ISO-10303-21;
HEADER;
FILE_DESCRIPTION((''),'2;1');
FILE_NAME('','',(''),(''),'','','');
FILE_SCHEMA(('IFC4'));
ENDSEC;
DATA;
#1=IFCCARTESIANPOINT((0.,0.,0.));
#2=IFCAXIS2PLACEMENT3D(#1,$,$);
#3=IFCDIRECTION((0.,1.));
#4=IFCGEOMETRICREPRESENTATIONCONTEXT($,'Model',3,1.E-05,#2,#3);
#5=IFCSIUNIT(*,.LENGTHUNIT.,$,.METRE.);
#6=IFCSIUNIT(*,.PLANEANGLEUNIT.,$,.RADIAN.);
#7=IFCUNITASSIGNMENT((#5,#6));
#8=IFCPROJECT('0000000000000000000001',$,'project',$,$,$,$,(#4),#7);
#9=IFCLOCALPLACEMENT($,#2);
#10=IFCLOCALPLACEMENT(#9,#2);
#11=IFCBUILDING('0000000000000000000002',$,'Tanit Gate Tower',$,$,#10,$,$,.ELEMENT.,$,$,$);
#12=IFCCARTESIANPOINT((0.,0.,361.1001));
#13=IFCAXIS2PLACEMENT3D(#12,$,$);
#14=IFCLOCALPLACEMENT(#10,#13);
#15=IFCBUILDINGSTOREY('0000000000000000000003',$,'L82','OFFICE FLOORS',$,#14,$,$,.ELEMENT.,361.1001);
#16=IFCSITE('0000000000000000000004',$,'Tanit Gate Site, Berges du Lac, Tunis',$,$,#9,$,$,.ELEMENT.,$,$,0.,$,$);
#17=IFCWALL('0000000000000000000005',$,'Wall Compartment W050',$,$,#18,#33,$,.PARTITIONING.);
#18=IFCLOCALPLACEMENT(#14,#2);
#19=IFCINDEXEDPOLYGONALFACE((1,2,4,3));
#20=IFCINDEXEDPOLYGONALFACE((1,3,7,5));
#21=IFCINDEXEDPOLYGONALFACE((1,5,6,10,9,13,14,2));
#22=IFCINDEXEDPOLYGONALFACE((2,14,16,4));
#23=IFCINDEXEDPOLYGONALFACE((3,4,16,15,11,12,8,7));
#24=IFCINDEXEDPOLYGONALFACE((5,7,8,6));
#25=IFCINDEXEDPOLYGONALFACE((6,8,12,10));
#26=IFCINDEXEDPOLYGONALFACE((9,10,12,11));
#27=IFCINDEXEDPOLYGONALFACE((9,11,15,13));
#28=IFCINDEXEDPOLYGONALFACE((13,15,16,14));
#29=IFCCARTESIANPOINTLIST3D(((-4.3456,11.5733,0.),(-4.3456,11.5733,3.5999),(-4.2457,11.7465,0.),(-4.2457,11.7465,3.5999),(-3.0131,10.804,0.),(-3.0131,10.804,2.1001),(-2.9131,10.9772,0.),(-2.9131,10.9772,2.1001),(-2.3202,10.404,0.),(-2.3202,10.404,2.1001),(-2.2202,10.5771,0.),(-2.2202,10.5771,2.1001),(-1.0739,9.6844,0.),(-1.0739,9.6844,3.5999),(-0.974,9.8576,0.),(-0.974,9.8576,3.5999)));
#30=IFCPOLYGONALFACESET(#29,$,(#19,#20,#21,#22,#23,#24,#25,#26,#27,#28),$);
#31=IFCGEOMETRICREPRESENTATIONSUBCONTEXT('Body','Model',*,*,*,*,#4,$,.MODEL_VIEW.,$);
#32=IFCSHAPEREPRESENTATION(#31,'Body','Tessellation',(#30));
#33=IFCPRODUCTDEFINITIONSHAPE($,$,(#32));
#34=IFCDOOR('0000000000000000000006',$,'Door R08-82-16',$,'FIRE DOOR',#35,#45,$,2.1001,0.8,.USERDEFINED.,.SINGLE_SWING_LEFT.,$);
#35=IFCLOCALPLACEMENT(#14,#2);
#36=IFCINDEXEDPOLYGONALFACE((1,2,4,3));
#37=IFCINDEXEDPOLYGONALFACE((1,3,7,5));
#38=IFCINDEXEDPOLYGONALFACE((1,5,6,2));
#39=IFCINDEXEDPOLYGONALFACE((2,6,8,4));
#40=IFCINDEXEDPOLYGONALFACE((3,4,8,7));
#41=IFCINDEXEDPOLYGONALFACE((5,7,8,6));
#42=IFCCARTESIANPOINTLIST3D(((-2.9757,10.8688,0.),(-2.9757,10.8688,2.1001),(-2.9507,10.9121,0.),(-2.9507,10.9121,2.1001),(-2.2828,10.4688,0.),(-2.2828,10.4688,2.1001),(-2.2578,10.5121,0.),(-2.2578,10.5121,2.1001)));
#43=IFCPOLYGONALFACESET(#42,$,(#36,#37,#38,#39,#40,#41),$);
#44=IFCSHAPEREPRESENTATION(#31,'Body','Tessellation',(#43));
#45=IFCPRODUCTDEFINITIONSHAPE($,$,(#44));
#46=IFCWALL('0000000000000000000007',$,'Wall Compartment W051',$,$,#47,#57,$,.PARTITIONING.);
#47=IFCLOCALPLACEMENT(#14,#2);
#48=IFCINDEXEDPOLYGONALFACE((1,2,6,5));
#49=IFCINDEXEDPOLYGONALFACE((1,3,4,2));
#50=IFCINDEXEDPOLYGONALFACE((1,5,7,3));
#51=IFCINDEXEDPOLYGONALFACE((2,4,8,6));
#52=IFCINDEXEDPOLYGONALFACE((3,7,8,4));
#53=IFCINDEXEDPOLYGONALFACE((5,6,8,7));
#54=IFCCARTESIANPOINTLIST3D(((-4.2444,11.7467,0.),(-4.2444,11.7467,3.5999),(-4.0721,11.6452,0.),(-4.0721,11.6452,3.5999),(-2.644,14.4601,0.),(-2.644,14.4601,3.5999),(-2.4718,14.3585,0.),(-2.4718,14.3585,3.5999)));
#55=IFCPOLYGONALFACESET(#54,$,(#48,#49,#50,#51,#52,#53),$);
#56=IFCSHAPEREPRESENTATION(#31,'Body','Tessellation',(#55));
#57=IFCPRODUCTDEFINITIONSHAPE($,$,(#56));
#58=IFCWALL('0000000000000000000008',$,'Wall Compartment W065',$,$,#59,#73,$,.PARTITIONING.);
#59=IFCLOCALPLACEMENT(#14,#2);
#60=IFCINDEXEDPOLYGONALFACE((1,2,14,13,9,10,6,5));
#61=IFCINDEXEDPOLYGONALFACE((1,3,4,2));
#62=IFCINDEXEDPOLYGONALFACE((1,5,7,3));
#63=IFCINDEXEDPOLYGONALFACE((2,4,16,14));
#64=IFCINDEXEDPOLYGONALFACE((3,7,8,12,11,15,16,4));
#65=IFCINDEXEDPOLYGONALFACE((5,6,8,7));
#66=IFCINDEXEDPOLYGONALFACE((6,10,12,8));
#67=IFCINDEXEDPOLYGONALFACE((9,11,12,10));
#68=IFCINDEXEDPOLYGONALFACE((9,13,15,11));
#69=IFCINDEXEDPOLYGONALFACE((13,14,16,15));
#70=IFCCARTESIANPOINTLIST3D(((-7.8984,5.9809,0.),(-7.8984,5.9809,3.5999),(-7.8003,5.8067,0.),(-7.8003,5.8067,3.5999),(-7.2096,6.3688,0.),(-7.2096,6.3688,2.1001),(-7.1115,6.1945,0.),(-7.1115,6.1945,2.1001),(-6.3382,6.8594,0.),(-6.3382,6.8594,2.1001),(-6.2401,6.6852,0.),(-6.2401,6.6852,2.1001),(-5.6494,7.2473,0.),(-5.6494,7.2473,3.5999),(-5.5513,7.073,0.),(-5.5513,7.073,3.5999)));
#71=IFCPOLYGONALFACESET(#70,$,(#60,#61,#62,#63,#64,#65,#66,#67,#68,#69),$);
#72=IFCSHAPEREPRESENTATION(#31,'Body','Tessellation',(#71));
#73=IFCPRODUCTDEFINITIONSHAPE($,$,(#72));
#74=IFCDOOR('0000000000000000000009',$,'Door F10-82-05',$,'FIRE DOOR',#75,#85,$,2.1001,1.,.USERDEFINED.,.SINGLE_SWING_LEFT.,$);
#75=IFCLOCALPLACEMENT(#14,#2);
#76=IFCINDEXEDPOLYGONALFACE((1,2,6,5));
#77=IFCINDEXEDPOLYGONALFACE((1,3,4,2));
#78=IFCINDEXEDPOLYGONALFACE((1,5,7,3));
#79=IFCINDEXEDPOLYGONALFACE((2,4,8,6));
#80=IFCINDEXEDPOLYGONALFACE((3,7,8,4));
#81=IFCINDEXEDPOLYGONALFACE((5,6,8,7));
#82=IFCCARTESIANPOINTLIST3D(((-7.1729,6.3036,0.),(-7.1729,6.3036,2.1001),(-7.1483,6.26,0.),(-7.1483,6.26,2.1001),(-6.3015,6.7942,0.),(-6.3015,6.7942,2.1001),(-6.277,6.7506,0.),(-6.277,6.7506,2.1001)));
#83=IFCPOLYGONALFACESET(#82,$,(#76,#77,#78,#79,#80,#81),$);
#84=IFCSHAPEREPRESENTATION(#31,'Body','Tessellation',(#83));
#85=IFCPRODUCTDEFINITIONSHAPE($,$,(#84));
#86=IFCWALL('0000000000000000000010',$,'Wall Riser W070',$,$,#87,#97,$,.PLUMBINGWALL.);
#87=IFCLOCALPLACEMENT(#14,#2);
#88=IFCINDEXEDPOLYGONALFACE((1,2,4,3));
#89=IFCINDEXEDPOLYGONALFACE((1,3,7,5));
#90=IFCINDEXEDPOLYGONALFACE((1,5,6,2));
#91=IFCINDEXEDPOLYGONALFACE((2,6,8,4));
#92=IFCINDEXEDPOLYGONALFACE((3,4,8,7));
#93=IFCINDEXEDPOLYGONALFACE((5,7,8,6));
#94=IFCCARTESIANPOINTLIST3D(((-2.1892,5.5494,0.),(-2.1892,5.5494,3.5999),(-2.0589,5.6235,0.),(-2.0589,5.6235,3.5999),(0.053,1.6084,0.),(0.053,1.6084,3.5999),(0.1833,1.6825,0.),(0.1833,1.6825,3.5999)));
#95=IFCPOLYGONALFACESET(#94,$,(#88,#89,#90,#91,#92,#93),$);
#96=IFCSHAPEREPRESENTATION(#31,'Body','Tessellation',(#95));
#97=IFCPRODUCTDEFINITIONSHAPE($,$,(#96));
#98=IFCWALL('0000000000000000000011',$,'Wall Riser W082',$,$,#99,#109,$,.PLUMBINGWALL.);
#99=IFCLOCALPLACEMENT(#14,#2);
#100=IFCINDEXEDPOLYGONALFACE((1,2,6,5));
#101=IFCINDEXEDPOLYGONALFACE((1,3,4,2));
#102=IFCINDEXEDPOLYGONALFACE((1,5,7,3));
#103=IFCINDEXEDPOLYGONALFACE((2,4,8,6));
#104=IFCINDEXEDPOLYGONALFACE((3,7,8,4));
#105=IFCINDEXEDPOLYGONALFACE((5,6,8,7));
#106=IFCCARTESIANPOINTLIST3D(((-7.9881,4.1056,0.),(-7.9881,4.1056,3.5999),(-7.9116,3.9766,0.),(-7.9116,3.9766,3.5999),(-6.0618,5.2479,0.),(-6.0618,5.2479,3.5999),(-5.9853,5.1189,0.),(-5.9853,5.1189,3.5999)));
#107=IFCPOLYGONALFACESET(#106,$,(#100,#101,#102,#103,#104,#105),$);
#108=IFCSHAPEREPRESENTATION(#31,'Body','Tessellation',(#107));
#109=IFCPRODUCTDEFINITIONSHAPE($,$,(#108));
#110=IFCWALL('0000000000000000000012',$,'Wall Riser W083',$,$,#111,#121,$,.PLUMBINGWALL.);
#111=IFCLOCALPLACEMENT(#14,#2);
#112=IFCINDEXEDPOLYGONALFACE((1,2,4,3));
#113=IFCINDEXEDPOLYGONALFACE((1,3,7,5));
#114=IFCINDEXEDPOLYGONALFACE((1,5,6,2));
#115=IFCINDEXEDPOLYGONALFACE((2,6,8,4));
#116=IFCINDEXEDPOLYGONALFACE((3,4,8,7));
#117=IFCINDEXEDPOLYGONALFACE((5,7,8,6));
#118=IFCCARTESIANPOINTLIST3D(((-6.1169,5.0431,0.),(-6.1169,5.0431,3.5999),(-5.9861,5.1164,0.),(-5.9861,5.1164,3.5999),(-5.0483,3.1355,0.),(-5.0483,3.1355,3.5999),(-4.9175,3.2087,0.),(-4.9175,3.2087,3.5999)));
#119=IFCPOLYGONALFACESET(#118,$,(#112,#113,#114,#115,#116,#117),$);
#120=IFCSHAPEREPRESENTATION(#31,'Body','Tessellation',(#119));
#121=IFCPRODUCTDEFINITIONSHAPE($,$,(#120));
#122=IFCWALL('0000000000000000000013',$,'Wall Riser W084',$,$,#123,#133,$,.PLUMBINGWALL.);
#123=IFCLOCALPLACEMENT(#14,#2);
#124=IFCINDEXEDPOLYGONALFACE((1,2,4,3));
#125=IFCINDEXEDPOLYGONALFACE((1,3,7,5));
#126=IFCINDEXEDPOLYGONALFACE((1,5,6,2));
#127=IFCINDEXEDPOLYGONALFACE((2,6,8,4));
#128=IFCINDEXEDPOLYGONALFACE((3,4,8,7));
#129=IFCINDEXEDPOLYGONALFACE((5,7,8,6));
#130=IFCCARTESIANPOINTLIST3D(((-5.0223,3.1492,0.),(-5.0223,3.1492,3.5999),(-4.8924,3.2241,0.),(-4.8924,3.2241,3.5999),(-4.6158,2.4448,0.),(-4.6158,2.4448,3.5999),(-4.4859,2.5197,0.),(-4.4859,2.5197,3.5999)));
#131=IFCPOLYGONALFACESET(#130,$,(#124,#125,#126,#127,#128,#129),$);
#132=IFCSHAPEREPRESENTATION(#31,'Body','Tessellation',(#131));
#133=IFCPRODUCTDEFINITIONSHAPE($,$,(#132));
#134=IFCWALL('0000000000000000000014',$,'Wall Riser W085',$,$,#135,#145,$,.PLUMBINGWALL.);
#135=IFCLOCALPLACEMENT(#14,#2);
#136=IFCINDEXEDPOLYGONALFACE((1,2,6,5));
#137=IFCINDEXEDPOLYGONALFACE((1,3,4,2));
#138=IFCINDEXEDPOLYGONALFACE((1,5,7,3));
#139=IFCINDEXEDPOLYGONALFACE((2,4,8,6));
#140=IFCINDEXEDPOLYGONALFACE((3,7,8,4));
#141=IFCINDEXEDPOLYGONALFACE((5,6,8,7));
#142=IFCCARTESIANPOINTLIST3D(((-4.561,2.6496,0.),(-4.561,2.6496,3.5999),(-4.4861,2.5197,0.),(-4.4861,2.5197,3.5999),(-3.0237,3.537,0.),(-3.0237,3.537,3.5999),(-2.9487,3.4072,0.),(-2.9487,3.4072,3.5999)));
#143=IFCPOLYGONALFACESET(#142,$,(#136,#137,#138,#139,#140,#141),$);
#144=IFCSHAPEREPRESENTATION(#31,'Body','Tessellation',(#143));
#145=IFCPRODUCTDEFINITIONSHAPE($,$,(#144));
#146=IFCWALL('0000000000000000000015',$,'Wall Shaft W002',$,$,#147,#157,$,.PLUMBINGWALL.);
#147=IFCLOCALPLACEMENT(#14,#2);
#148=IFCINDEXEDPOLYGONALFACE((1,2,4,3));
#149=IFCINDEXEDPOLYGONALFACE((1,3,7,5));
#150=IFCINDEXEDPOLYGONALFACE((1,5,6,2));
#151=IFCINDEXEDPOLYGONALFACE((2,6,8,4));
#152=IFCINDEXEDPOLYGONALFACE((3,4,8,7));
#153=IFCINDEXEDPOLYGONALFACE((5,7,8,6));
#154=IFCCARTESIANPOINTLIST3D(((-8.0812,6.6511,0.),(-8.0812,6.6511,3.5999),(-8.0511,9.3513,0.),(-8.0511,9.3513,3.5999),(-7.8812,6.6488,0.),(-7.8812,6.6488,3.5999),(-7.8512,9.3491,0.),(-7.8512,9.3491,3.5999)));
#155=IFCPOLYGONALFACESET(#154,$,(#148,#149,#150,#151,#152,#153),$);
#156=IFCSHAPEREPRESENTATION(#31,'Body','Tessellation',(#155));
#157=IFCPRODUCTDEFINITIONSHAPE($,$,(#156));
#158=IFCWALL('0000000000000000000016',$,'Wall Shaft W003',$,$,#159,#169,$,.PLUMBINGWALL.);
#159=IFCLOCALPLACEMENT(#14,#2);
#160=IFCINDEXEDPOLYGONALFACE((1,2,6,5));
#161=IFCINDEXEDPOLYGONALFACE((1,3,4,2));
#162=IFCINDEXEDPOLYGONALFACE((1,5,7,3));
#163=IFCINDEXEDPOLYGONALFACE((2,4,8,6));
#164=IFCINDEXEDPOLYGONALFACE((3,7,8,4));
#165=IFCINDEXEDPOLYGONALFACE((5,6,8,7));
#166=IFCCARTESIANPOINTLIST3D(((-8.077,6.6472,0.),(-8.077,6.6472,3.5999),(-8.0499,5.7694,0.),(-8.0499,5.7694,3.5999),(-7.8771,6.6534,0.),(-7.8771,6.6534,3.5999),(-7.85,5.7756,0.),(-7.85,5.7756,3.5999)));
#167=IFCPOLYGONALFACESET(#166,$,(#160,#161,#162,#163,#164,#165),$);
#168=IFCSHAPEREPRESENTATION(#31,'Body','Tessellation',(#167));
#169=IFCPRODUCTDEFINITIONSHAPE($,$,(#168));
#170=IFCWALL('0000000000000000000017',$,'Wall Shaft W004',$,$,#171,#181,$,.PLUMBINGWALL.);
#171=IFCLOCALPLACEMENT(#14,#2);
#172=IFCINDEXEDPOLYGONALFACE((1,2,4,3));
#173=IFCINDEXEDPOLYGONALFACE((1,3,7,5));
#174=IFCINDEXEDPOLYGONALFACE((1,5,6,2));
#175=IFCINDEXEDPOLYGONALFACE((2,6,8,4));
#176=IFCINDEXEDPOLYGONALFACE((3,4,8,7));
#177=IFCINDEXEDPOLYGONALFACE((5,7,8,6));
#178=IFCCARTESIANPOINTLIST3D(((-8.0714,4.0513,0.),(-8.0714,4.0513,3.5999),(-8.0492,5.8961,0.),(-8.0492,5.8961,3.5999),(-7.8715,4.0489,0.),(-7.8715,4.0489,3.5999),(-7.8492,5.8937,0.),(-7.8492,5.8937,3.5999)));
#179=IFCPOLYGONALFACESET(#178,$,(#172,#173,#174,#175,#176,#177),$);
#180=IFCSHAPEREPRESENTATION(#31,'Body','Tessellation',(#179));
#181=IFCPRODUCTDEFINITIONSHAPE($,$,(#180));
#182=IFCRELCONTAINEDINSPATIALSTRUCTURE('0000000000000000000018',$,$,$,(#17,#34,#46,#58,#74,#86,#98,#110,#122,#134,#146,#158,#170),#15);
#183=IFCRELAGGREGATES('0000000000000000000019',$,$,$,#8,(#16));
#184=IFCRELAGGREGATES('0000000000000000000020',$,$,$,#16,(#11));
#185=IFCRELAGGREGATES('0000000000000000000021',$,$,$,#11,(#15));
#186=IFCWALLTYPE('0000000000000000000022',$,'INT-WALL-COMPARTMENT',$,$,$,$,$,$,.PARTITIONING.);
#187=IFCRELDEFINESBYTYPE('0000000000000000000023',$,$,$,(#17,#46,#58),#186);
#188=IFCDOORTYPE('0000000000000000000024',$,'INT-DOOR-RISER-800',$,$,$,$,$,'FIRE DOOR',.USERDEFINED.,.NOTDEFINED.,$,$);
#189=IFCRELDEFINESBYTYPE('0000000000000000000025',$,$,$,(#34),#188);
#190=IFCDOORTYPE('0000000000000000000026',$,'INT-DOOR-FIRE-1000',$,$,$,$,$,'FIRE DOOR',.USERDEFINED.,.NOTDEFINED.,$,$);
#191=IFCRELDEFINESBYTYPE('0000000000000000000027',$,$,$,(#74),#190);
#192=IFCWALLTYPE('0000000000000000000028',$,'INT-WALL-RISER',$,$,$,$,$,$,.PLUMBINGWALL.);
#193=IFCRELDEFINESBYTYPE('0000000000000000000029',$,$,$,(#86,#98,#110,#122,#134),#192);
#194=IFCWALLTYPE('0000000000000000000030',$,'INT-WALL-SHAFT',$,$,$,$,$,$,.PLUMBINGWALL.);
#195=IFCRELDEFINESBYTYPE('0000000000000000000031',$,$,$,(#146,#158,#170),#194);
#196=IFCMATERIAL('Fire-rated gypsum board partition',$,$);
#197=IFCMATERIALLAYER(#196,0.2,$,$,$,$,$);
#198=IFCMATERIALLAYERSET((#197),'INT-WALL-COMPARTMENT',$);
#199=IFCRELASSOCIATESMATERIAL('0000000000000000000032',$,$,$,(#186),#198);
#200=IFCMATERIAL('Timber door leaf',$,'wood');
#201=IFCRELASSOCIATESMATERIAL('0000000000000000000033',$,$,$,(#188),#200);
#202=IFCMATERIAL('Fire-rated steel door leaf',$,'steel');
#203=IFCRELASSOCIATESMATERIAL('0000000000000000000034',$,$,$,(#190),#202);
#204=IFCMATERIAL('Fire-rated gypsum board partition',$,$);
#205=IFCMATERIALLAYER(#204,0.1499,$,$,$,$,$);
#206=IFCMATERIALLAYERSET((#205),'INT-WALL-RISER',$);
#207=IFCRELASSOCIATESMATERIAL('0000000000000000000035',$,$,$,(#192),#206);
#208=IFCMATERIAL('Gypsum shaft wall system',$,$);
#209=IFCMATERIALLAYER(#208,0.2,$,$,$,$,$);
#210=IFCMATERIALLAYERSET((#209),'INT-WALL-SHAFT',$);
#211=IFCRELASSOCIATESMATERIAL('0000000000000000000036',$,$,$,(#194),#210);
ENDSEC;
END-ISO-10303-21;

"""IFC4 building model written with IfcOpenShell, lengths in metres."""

from ifc_helpers import new_model, si_unit, direction, frame, frame_2d, origin, place, context, subcontext, project, spatial, rectangle, extrude, material, layer, layer_set, type_object, element, fill, save


model = new_model("IFC4")

# Units and contexts
model_context = context("Model", 3, precision=1e-05, world=origin(), true_north=direction((0.0, 1.0)))
body_context = subcontext(model_context, "Body", "Model", "MODEL_VIEW")
ifc_project = project(units=[si_unit("LENGTHUNIT", "METRE"), si_unit("PLANEANGLEUNIT", "RADIAN")], contexts=[model_context])

# Site, building, storey
site_placement = place(None, origin())
site = spatial("IfcSite", under=ifc_project, at=site_placement, Name="Tanit Gate Site, Berges du Lac, Tunis", CompositionType="ELEMENT", RefElevation=0.0)
building_placement = place(site_placement, origin())
building = spatial("IfcBuilding", under=site, at=building_placement, Name="Tanit Gate Tower", CompositionType="ELEMENT")
storey_placement = place(building_placement, frame((0.0, 0.0, 361.1001)))
storey = spatial("IfcBuildingStorey", under=building, at=storey_placement, Name="L82", Description="OFFICE FLOORS", CompositionType="ELEMENT", Elevation=361.1001)

# Wall, opening, door
ifc_material_1 = material(Name="Fire-rated gypsum board partition")
ifc_layer_1 = layer(ifc_material_1, 0.2)
ifc_layer_set_1 = layer_set([ifc_layer_1], Name="INT-WALL-COMPARTMENT")
wall_type_1 = type_object("IfcWallType", Name="INT-WALL-COMPARTMENT", PredefinedType="PARTITIONING", material=ifc_layer_set_1)
wall_1_placement = place(storey_placement, frame((-4.2957, 11.6599, 0.0), z_axis=(0.0, 0.0, 1.0), x_axis=(0.866027, -0.499997, 0.0)))
wall_1 = element("IfcWall", 1, at=wall_1_placement, inside=storey, type_object=wall_type_1, Name="Wall Compartment W050", PredefinedType="PARTITIONING", context=body_context, shape_type="SweptSolid", body=[
    extrude(rectangle(XDim=3.7778, YDim=0.2, at=frame_2d((1.8889, 0.0))), origin(), (0.0, 0.0, 1.0), 3.5999),
])
opening_1_placement = place(wall_1_placement, frame((1.5388, 0.0, 0.0)))
opening_1 = element("IfcOpeningElement", 2, at=opening_1_placement, cuts=wall_1, PredefinedType="OPENING", context=body_context, shape_type="SweptSolid", body=[
    extrude(rectangle(XDim=0.8, YDim=2.1001, at=frame_2d((0.3999, 1.05))), frame((0.0, 0.1099, 0.0), z_axis=(0.0, -1.0, 0.0), x_axis=(1.0, 0.0, 0.0)), (0.0, 0.0, 1.0), 0.22),
])
ifc_material_2 = material(Name="Timber door leaf", Category="wood")
door_type_1 = type_object("IfcDoorType", Name="INT-DOOR-RISER-800", ElementType="FIRE DOOR", OperationType="NOTDEFINED", PredefinedType="USERDEFINED", material=ifc_material_2)
door_1_placement = place(opening_1_placement, origin())
door_1 = element("IfcDoor", 3, at=door_1_placement, inside=storey, type_object=door_type_1, Name="Door R08-82-16", ObjectType="FIRE DOOR", OperationType="SINGLE_SWING_LEFT", OverallHeight=2.1001, OverallWidth=0.8, PredefinedType="USERDEFINED", context=body_context, shape_type="SweptSolid", body=[
    extrude(rectangle(XDim=0.8, YDim=2.1001, at=frame_2d((0.3999, 1.05))), frame((0.0, 0.0249, 0.0), z_axis=(0.0, -1.0, 0.0), x_axis=(1.0, 0.0, 0.0)), (0.0, 0.0, 1.0), 0.05),
])
fill(opening_1, door_1)

# Wall
wall_2_placement = place(storey_placement, frame((-2.5579, 14.4094, 0.0), z_axis=(0.0, 0.0, 1.0), x_axis=(-0.508019, -0.861346, 0.0)))
element("IfcWall", 4, at=wall_2_placement, inside=storey, type_object=wall_type_1, Name="Wall Compartment W051", PredefinedType="PARTITIONING", context=body_context, shape_type="SweptSolid", body=[
    extrude(rectangle(XDim=3.1501, YDim=0.2, at=frame_2d((1.5752, 0.0))), origin(), (0.0, 0.0, 1.0), 3.5999),
])

# Wall, opening, door
wall_3_placement = place(storey_placement, frame((-5.6003, 7.1602, 0.0), z_axis=(0.0, 0.0, 1.0), x_axis=(-0.871363, -0.490638, 0.0)))
wall_3 = element("IfcWall", 5, at=wall_3_placement, inside=storey, type_object=wall_type_1, Name="Wall Compartment W065", PredefinedType="PARTITIONING", context=body_context, shape_type="SweptSolid", body=[
    extrude(rectangle(XDim=2.5811, YDim=0.2, at=frame_2d((1.2905, 0.0))), origin(), (0.0, 0.0, 1.0), 3.5999),
])
opening_2_placement = place(wall_3_placement, frame((0.7905, 0.0, 0.0)))
opening_2 = element("IfcOpeningElement", 6, at=opening_2_placement, cuts=wall_3, PredefinedType="OPENING", context=body_context, shape_type="SweptSolid", body=[
    extrude(rectangle(XDim=1.0, YDim=2.1001, at=frame_2d((0.5, 1.05))), frame((0.0, 0.1099, 0.0), z_axis=(0.0, -1.0, 0.0), x_axis=(1.0, 0.0, 0.0)), (0.0, 0.0, 1.0), 0.22),
])
ifc_material_3 = material(Name="Fire-rated steel door leaf", Category="steel")
door_type_2 = type_object("IfcDoorType", Name="INT-DOOR-FIRE-1000", ElementType="FIRE DOOR", OperationType="NOTDEFINED", PredefinedType="USERDEFINED", material=ifc_material_3)
door_2_placement = place(opening_2_placement, origin())
door_2 = element("IfcDoor", 7, at=door_2_placement, inside=storey, type_object=door_type_2, Name="Door F10-82-05", ObjectType="FIRE DOOR", OperationType="SINGLE_SWING_LEFT", OverallHeight=2.1001, OverallWidth=1.0, PredefinedType="USERDEFINED", context=body_context, shape_type="SweptSolid", body=[
    extrude(rectangle(XDim=1.0, YDim=2.1001, at=frame_2d((0.5, 1.05))), frame((0.0, 0.0249, 0.0), z_axis=(0.0, -1.0, 0.0), x_axis=(1.0, 0.0, 0.0)), (0.0, 0.0, 1.0), 0.05),
])
fill(opening_2, door_2)

# Walls
ifc_material_4 = material(Name="Fire-rated gypsum board partition")
ifc_layer_2 = layer(ifc_material_4, 0.1499)
ifc_layer_set_2 = layer_set([ifc_layer_2], Name="INT-WALL-RISER")
wall_type_2 = type_object("IfcWallType", Name="INT-WALL-RISER", PredefinedType="PLUMBINGWALL", material=ifc_layer_set_2)
wall_4_placement = place(storey_placement, frame((-2.124, 5.5864, 0.0), z_axis=(0.0, 0.0, 1.0), x_axis=(0.494514, -0.869169, 0.0)))
element("IfcWall", 8, at=wall_4_placement, inside=storey, type_object=wall_type_2, Name="Wall Riser W070", PredefinedType="PLUMBINGWALL", context=body_context, shape_type="SweptSolid", body=[
    extrude(rectangle(XDim=4.5342, YDim=0.1499, at=frame_2d((2.2671, 0.0))), origin(), (0.0, 0.0, 1.0), 3.5999),
])
wall_5_placement = place(storey_placement, frame((-6.0237, 5.1833, 0.0), z_axis=(0.0, 0.0, 1.0), x_axis=(-0.860127, -0.51008, 0.0)))
element("IfcWall", 9, at=wall_5_placement, inside=storey, type_object=wall_type_2, Name="Wall Riser W082", PredefinedType="PLUMBINGWALL", context=body_context, shape_type="SweptSolid", body=[
    extrude(rectangle(XDim=2.2395, YDim=0.1499, at=frame_2d((1.1196, 0.0))), origin(), (0.0, 0.0, 1.0), 3.5999),
])
wall_6_placement = place(storey_placement, frame((-4.9829, 3.1721, 0.0), z_axis=(0.0, 0.0, 1.0), x_axis=(-0.488702, 0.872451, 0.0)))
element("IfcWall", 10, at=wall_6_placement, inside=storey, type_object=wall_type_2, Name="Wall Riser W083", PredefinedType="PLUMBINGWALL", context=body_context, shape_type="SweptSolid", body=[
    extrude(rectangle(XDim=2.1865, YDim=0.1499, at=frame_2d((1.0933, 0.0))), origin(), (0.0, 0.0, 1.0), 3.5999),
])
wall_7_placement = place(storey_placement, frame((-4.5508, 2.4822, 0.0), z_axis=(0.0, 0.0, 1.0), x_axis=(-0.499852, 0.866111, 0.0)))
element("IfcWall", 11, at=wall_7_placement, inside=storey, type_object=wall_type_2, Name="Wall Riser W084", PredefinedType="PLUMBINGWALL", context=body_context, shape_type="SweptSolid", body=[
    extrude(rectangle(XDim=0.8132, YDim=0.1499, at=frame_2d((0.4067, 0.0))), origin(), (0.0, 0.0, 1.0), 3.5999),
])
wall_8_placement = place(storey_placement, frame((-2.9861, 3.4722, 0.0), z_axis=(0.0, 0.0, 1.0), x_axis=(-0.86606, -0.499941, 0.0)))
element("IfcWall", 12, at=wall_8_placement, inside=storey, type_object=wall_type_2, Name="Wall Riser W085", PredefinedType="PLUMBINGWALL", context=body_context, shape_type="SweptSolid", body=[
    extrude(rectangle(XDim=1.7751, YDim=0.1499, at=frame_2d((0.8877, 0.0))), origin(), (0.0, 0.0, 1.0), 3.5999),
])
ifc_material_5 = material(Name="Gypsum shaft wall system")
ifc_layer_3 = layer(ifc_material_5, 0.2)
ifc_layer_set_3 = layer_set([ifc_layer_3], Name="INT-WALL-SHAFT")
wall_type_3 = type_object("IfcWallType", Name="INT-WALL-SHAFT", PredefinedType="PLUMBINGWALL", material=ifc_layer_set_3)
wall_9_placement = place(storey_placement, frame((-7.9512, 9.3501, 0.0), z_axis=(0.0, 0.0, 1.0), x_axis=(-0.01112, -0.999938, 0.0)))
element("IfcWall", 13, at=wall_9_placement, inside=storey, type_object=wall_type_3, Name="Wall Shaft W002", PredefinedType="PLUMBINGWALL", context=body_context, shape_type="SweptSolid", body=[
    extrude(rectangle(XDim=2.7004, YDim=0.2, at=frame_2d((1.3501, 0.0))), origin(), (0.0, 0.0, 1.0), 3.5999),
])
wall_10_placement = place(storey_placement, frame((-7.9771, 6.6501, 0.0), z_axis=(0.0, 0.0, 1.0), x_axis=(0.030862, -0.999524, 0.0)))
element("IfcWall", 14, at=wall_10_placement, inside=storey, type_object=wall_type_3, Name="Wall Shaft W003", PredefinedType="PLUMBINGWALL", context=body_context, shape_type="SweptSolid", body=[
    extrude(rectangle(XDim=0.8782, YDim=0.2, at=frame_2d((0.439, 0.0))), origin(), (0.0, 0.0, 1.0), 3.5999),
])
wall_11_placement = place(storey_placement, frame((-7.9492, 5.8948, 0.0), z_axis=(0.0, 0.0, 1.0), x_axis=(-0.012043, -0.999927, 0.0)))
element("IfcWall", 15, at=wall_11_placement, inside=storey, type_object=wall_type_3, Name="Wall Shaft W004", PredefinedType="PLUMBINGWALL", context=body_context, shape_type="SweptSolid", body=[
    extrude(rectangle(XDim=1.845, YDim=0.2, at=frame_2d((0.9224, 0.0))), origin(), (0.0, 0.0, 1.0), 3.5999),
])

save(model, "model.ifc")
